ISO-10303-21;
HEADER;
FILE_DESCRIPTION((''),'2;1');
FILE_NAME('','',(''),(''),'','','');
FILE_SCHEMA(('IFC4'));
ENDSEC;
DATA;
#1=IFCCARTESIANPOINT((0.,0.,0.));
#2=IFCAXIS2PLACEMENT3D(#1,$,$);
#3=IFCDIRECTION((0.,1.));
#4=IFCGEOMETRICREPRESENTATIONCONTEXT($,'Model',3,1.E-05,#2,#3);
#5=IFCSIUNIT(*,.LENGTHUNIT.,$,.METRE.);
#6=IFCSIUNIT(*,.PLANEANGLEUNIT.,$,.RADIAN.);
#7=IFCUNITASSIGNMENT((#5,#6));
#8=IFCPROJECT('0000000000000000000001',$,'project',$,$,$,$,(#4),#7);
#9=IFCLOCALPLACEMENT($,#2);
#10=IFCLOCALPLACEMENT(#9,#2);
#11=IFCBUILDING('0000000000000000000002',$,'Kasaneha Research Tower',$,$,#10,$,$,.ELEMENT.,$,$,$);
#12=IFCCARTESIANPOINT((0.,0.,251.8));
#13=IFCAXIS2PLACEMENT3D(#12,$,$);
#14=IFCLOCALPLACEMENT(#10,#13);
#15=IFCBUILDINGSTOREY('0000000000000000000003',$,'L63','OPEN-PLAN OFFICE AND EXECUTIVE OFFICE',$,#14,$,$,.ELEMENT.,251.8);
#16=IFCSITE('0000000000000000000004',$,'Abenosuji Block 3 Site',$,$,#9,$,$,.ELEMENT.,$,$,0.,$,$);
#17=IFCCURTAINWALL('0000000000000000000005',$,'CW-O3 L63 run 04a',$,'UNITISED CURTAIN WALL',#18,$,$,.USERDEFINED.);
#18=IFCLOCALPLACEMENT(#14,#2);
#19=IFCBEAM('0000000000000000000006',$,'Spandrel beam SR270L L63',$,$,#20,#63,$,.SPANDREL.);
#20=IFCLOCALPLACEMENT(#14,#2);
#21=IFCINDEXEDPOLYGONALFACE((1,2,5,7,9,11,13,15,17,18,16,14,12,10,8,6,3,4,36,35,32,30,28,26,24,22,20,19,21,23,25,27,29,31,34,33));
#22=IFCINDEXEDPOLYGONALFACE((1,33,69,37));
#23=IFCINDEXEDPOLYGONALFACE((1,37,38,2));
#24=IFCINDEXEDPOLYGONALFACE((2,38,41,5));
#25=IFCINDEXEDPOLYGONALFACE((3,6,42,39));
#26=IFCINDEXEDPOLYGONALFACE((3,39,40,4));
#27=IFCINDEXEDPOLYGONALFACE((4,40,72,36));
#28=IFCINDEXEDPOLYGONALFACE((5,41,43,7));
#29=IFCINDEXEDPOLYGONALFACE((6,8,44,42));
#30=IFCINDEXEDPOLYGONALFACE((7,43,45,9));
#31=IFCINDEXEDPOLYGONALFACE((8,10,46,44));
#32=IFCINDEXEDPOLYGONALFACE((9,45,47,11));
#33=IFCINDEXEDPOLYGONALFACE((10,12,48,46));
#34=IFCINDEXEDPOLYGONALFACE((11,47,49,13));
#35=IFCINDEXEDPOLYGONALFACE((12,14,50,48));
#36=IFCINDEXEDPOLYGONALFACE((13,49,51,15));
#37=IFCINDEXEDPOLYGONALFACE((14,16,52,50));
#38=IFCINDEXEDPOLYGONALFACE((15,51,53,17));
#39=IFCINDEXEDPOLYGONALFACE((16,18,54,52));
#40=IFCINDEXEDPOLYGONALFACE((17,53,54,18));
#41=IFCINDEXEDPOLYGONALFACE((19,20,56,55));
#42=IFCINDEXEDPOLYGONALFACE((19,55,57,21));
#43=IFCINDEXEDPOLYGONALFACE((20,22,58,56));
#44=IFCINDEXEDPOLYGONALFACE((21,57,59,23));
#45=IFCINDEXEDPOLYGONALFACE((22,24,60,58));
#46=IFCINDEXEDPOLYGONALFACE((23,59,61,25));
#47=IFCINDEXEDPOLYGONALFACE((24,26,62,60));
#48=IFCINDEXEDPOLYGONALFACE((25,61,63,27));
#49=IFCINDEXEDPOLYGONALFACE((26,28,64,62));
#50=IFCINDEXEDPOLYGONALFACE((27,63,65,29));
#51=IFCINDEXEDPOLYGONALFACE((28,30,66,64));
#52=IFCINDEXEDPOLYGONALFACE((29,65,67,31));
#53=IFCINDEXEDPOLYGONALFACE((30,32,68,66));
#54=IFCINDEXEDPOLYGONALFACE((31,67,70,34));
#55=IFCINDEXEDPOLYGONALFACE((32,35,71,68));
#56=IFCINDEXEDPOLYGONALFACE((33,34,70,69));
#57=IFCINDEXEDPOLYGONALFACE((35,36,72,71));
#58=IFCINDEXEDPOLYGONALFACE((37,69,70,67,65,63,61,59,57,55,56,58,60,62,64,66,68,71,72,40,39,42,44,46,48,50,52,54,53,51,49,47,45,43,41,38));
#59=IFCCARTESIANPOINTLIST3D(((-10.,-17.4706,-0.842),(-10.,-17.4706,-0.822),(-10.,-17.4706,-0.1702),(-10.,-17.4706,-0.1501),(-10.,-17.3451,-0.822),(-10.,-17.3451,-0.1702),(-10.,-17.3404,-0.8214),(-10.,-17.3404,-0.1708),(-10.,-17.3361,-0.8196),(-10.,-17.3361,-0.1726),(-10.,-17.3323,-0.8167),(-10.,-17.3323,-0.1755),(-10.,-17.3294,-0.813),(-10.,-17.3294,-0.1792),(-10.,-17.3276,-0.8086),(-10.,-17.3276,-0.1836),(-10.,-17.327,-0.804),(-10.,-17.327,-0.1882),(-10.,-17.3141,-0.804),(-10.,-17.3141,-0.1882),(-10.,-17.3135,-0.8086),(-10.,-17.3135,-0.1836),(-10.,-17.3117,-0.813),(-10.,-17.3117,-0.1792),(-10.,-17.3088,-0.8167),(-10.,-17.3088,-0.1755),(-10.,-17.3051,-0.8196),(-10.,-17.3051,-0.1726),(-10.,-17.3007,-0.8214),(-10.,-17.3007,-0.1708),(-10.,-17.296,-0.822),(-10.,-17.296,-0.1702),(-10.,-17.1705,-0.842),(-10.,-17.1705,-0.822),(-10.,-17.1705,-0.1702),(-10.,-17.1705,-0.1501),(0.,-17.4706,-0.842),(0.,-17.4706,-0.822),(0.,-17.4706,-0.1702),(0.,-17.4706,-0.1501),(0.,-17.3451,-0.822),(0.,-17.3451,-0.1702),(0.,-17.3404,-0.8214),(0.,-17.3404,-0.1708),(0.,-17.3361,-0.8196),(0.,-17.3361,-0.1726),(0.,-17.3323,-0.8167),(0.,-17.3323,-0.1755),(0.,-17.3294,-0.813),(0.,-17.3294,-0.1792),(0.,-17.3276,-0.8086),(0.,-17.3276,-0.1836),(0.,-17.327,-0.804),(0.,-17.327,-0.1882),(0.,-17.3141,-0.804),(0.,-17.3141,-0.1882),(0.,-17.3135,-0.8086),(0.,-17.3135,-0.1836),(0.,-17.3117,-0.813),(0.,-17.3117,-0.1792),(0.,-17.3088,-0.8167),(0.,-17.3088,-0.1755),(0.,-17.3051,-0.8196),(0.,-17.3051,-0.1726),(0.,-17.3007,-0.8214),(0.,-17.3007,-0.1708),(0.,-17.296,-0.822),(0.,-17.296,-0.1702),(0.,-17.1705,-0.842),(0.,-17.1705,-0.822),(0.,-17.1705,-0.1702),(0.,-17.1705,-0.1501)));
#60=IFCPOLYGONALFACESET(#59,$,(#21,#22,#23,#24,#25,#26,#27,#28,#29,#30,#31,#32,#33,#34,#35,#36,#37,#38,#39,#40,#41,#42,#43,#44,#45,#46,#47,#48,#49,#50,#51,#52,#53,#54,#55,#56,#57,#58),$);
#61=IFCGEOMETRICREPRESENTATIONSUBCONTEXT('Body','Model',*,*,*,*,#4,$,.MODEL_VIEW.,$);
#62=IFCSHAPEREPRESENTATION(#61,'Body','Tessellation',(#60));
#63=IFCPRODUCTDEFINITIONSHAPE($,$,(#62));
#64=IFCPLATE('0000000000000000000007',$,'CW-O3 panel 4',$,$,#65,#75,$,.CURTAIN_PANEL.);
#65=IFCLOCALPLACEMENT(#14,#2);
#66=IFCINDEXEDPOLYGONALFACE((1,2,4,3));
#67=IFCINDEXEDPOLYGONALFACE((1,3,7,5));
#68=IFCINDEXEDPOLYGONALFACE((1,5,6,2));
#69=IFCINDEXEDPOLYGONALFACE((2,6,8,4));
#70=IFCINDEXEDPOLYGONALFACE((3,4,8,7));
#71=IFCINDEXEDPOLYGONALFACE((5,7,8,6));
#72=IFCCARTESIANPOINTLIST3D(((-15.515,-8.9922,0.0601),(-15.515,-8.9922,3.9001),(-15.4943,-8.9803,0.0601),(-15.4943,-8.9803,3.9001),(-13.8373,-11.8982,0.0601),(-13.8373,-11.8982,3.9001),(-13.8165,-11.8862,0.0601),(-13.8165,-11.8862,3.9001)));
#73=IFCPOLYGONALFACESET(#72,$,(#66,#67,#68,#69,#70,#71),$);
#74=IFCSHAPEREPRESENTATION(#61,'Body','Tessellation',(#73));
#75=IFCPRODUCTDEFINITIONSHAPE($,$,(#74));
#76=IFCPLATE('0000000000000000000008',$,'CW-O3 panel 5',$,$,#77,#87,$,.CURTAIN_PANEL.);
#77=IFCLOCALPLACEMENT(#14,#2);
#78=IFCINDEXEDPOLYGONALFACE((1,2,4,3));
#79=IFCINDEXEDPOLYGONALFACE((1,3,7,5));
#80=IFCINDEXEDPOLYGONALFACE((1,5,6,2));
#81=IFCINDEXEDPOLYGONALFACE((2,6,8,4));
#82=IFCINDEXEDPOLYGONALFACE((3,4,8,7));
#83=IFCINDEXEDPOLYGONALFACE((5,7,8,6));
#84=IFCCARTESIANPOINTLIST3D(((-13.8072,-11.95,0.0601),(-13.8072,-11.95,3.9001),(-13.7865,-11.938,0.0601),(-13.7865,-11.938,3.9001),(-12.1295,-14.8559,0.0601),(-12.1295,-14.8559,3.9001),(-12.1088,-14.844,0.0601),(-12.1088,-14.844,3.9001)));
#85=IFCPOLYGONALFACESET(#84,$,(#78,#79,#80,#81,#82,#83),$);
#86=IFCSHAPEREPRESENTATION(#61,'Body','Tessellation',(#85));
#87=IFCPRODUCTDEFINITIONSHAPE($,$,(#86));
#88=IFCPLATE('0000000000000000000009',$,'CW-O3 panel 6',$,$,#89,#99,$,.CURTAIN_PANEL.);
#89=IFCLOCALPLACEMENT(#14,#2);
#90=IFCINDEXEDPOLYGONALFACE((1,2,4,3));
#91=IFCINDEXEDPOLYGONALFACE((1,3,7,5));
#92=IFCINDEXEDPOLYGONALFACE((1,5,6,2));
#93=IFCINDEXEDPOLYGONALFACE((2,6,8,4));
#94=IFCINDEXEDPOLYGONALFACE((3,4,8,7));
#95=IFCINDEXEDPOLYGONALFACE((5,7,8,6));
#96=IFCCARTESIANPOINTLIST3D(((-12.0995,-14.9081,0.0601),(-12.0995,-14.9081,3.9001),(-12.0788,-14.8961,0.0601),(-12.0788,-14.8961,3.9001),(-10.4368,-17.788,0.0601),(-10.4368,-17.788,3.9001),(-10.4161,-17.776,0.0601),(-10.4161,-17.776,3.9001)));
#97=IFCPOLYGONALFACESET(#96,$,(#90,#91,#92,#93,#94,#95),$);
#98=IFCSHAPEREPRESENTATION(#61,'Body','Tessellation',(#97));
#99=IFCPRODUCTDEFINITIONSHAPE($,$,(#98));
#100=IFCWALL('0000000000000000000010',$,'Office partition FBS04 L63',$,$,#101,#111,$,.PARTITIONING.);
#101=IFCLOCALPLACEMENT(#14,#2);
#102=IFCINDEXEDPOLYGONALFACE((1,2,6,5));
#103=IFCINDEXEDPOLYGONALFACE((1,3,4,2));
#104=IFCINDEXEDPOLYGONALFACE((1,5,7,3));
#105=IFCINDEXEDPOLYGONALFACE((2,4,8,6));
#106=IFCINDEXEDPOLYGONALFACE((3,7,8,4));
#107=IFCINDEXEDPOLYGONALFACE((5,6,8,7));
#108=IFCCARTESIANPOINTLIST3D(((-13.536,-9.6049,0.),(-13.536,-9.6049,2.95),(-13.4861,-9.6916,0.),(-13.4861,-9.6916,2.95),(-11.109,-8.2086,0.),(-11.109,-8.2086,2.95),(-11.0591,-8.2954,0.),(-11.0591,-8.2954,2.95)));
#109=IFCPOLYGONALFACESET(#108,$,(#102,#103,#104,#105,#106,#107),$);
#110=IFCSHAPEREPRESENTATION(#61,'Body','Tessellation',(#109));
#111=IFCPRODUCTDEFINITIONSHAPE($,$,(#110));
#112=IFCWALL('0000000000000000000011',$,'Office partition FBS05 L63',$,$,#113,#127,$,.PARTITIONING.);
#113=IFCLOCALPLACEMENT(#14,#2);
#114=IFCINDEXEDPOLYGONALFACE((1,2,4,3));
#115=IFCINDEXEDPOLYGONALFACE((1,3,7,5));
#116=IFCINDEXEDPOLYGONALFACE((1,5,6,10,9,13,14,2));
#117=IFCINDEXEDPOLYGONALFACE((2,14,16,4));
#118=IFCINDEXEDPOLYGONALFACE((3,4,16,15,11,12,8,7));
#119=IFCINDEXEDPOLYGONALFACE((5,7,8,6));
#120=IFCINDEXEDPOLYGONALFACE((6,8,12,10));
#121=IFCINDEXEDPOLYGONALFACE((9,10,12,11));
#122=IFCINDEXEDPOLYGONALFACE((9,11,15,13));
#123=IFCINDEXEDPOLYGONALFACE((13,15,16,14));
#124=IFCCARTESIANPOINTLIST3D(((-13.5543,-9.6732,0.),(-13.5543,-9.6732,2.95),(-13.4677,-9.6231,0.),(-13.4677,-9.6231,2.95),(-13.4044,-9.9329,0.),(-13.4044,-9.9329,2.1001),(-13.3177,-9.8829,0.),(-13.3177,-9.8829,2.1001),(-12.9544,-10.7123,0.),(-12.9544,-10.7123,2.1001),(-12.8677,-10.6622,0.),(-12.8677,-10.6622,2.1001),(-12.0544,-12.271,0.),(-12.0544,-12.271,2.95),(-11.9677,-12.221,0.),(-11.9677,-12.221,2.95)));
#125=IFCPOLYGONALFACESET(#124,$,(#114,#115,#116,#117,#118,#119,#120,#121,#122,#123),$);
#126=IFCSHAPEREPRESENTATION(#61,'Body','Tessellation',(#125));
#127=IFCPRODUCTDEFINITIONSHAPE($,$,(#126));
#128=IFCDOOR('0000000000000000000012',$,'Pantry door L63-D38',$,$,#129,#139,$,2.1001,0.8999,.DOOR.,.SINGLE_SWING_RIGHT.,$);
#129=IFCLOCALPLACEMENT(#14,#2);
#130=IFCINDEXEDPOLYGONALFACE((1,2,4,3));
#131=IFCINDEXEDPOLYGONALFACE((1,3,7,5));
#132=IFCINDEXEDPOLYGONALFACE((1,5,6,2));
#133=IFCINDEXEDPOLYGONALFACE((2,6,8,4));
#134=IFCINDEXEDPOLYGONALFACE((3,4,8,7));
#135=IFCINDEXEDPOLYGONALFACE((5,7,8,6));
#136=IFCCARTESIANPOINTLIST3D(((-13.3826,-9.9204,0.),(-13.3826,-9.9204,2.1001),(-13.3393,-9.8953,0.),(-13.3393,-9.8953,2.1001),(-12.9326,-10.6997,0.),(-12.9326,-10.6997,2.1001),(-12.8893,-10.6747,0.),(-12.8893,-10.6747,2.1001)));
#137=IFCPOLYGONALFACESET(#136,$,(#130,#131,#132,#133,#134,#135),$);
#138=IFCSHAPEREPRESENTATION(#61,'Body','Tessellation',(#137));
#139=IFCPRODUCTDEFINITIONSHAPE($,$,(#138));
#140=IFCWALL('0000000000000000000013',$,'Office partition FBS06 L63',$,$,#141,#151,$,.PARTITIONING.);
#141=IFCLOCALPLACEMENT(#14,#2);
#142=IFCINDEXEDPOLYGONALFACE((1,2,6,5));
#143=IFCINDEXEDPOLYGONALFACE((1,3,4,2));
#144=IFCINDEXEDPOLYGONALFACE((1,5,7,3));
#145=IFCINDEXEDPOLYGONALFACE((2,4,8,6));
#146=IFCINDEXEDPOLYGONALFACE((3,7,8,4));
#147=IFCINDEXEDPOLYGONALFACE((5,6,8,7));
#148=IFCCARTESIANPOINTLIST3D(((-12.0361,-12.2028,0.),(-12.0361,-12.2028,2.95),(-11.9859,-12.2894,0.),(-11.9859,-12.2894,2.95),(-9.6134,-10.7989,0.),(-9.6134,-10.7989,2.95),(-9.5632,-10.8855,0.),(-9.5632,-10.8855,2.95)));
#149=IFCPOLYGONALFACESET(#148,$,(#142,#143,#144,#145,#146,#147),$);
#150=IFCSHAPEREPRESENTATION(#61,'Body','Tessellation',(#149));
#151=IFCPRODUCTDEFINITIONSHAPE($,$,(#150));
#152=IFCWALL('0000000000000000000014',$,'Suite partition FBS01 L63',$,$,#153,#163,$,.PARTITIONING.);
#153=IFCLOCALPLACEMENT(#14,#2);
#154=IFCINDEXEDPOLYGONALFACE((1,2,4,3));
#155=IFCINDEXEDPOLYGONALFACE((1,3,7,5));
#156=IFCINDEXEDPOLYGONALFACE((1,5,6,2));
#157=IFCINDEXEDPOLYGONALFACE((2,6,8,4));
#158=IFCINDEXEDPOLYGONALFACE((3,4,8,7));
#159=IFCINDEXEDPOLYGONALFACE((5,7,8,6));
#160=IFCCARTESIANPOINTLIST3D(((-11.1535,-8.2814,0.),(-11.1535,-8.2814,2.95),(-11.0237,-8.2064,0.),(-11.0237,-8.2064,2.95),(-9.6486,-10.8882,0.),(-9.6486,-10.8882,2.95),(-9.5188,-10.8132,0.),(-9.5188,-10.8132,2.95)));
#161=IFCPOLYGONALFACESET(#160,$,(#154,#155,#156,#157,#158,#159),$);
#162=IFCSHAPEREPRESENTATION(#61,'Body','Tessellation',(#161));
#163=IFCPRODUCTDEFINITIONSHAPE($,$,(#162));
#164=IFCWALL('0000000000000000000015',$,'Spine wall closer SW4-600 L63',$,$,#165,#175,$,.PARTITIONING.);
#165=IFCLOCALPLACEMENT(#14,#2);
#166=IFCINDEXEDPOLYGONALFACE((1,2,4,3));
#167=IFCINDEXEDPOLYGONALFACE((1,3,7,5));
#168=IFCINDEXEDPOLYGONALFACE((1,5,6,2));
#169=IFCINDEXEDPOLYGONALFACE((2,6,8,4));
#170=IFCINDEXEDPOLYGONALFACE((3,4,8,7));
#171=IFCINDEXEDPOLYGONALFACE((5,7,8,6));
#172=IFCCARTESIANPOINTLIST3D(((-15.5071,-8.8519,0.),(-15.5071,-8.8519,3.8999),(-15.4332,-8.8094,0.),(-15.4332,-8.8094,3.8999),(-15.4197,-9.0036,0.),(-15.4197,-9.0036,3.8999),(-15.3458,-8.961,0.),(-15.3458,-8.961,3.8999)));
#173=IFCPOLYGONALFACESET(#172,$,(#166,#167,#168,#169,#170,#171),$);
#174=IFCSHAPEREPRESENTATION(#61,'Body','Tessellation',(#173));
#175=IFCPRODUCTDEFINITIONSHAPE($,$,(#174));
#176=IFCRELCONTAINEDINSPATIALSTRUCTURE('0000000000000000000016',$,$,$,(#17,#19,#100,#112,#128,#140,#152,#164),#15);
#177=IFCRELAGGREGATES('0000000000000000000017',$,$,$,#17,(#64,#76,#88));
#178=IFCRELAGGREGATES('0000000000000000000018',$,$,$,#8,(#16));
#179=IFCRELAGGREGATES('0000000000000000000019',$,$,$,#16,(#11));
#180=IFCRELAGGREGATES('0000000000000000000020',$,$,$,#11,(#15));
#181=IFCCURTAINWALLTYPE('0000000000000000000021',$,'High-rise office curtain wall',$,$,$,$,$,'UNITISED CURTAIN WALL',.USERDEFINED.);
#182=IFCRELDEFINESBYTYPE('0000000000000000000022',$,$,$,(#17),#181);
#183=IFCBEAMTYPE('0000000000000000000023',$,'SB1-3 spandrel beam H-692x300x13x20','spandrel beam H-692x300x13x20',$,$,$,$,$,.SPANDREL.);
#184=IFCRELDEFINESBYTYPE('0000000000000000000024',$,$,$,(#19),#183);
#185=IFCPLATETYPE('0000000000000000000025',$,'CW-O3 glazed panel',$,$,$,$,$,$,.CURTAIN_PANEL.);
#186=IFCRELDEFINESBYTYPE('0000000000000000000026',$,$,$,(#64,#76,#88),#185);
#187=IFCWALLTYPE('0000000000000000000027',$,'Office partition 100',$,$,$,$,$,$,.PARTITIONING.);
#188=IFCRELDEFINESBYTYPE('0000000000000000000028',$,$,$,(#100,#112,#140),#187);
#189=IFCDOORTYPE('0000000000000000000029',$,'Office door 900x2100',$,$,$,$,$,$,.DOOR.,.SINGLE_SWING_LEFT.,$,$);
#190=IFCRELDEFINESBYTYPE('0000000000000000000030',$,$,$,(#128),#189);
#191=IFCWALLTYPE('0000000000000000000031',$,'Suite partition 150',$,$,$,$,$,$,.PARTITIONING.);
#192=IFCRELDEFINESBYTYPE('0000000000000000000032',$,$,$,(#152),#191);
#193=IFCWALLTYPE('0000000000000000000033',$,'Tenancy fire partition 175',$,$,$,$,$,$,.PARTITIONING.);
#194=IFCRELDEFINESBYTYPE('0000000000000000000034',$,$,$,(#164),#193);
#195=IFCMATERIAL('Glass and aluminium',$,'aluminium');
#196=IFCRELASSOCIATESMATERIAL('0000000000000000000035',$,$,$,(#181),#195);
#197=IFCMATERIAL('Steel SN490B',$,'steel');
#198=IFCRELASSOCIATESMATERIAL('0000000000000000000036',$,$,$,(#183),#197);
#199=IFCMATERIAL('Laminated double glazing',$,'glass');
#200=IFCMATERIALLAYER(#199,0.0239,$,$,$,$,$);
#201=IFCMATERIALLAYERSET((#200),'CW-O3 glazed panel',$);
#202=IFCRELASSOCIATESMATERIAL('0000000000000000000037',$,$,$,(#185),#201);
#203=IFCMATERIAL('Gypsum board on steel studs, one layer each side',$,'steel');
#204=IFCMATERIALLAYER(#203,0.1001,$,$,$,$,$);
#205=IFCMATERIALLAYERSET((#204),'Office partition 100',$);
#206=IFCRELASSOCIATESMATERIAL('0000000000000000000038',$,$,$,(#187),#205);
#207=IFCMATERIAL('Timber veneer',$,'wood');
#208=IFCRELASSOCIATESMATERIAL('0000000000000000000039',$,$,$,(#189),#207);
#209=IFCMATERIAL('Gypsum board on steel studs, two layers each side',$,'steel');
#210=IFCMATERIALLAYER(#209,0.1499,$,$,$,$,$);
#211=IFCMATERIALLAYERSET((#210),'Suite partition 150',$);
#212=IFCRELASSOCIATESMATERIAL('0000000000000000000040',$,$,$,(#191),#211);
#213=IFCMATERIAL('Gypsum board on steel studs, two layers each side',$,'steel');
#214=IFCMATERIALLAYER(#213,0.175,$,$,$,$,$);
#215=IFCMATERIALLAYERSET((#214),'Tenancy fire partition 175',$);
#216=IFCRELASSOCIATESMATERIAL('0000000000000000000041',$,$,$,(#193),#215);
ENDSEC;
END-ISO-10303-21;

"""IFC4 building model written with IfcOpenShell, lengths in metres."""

from ifc_helpers import new_model, si_unit, direction, frame, frame_2d, origin, origin_2d, place, context, subcontext, project, spatial, rectangle, i_section, extrude, material, layer, layer_set, material_profile, profile_set, type_object, element, fill, aggregate, save


model = new_model("IFC4")

# Units and contexts
model_context = context("Model", 3, precision=1e-05, world=origin(), true_north=direction((0.0, 1.0)))
body_context = subcontext(model_context, "Body", "Model", "MODEL_VIEW")
ifc_project = project(units=[si_unit("LENGTHUNIT", "METRE"), si_unit("PLANEANGLEUNIT", "RADIAN")], contexts=[model_context])

# Site, building, storey
site_placement = place(None, origin())
site = spatial("IfcSite", under=ifc_project, at=site_placement, Name="Abenosuji Block 3 Site", CompositionType="ELEMENT", RefElevation=0.0)
building_placement = place(site_placement, origin())
building = spatial("IfcBuilding", under=site, at=building_placement, Name="Kasaneha Research Tower", CompositionType="ELEMENT")
storey_placement = place(building_placement, frame((0.0, 0.0, 251.8)))
storey = spatial("IfcBuildingStorey", under=building, at=storey_placement, Name="L63", Description="OPEN-PLAN OFFICE AND EXECUTIVE OFFICE", CompositionType="ELEMENT", Elevation=251.8)

# Curtain wall
ifc_material_1 = material(Name="Glass and aluminium", Category="aluminium")
curtain_wall_type = type_object("IfcCurtainWallType", Name="High-rise office curtain wall", ElementType="UNITISED CURTAIN WALL", PredefinedType="USERDEFINED", material=ifc_material_1)
curtain_wall_1_placement = place(storey_placement, origin())
curtain_wall_1 = element("IfcCurtainWall", 1, at=curtain_wall_1_placement, inside=storey, type_object=curtain_wall_type, Name="CW-O3 L63 run 04a", ObjectType="UNITISED CURTAIN WALL", PredefinedType="USERDEFINED")

# Beam
ifc_material_2 = material(Name="Steel SN490B", Category="steel")
ifc_material_profile_1 = material_profile(ifc_material_2, i_section(OverallWidth=0.3, OverallDepth=0.6919, WebThickness=0.0129, FlangeThickness=0.02, FilletRadius=0.0181, at=origin_2d()), Name="H-692x300x13x20")
ifc_profile_set_1 = profile_set([ifc_material_profile_1], Name="Steel SN490B")
beam_type_1 = type_object("IfcBeamType", Name="SB1-3 spandrel beam H-692x300x13x20", Description="spandrel beam H-692x300x13x20", PredefinedType="SPANDREL", material=ifc_profile_set_1)
beam_1_placement = place(storey_placement, frame((-10.0, -17.3206, -0.4961), z_axis=(1.0, 0.0, 0.0), x_axis=(0.0, 1.0, 0.0)))
element("IfcBeam", 2, at=beam_1_placement, inside=storey, type_object=beam_type_1, Name="Spandrel beam SR270L L63", PredefinedType="SPANDREL", context=body_context, shape_type="SweptSolid", body=[
    extrude(i_section(OverallWidth=0.3, OverallDepth=0.6919, WebThickness=0.0129, FlangeThickness=0.02, FilletRadius=0.0181, at=origin_2d()), origin(), (0.0, 0.0, 1.0), 10.0),
])

# Plates
ifc_material_3 = material(Name="Laminated double glazing", Category="glass")
ifc_layer_1 = layer(ifc_material_3, 0.0239)
ifc_layer_set_1 = layer_set([ifc_layer_1], Name="CW-O3 glazed panel")
plate_type = type_object("IfcPlateType", Name="CW-O3 glazed panel", PredefinedType="CURTAIN_PANEL", material=ifc_layer_set_1)
plate_1_placement = place(storey_placement, frame((-14.6658, -10.4392, 0.0601), z_axis=(0.0, 0.0, 1.0), x_axis=(0.5, -0.866025, 0.0)))
plate_1 = element("IfcPlate", 3, at=plate_1_placement, type_object=plate_type, Name="CW-O3 panel 4", PredefinedType="CURTAIN_PANEL", context=body_context, shape_type="SweptSolid", body=[
    extrude(rectangle(XDim=3.3555, YDim=0.0239, at=origin_2d()), origin(), (0.0, 0.0, 1.0), 3.8401),
])
plate_2_placement = place(storey_placement, frame((-12.958, -13.397, 0.0601), z_axis=(0.0, 0.0, 1.0), x_axis=(0.5, -0.866025, 0.0)))
plate_2 = element("IfcPlate", 4, at=plate_2_placement, type_object=plate_type, Name="CW-O3 panel 5", PredefinedType="CURTAIN_PANEL", context=body_context, shape_type="SweptSolid", body=[
    extrude(rectangle(XDim=3.3555, YDim=0.0239, at=origin_2d()), origin(), (0.0, 0.0, 1.0), 3.8401),
])
plate_3_placement = place(storey_placement, frame((-11.2578, -16.342, 0.0601), z_axis=(0.0, 0.0, 1.0), x_axis=(0.5, -0.866025, 0.0)))
plate_3 = element("IfcPlate", 5, at=plate_3_placement, type_object=plate_type, Name="CW-O3 panel 6", PredefinedType="CURTAIN_PANEL", context=body_context, shape_type="SweptSolid", body=[
    extrude(rectangle(XDim=3.3254, YDim=0.0239, at=origin_2d()), origin(), (0.0, 0.0, 1.0), 3.8401),
])
aggregate(curtain_wall_1, [plate_1, plate_2, plate_3])

# Wall
ifc_material_4 = material(Name="Gypsum board on steel studs, one layer each side", Category="steel")
ifc_layer_2 = layer(ifc_material_4, 0.1001)
ifc_layer_set_2 = layer_set([ifc_layer_2], Name="Office partition 100")
wall_type_1 = type_object("IfcWallType", Name="Office partition 100", PredefinedType="PARTITIONING", material=ifc_layer_set_2)
wall_1_placement = place(storey_placement, frame((-13.511, -9.6482, 0.0), z_axis=(0.0, 0.0, 1.0), x_axis=(0.866796, 0.498663, 0.0)))
element("IfcWall", 6, at=wall_1_placement, inside=storey, type_object=wall_type_1, Name="Office partition FBS04 L63", PredefinedType="PARTITIONING", context=body_context, shape_type="SweptSolid", body=[
    extrude(rectangle(XDim=2.8, YDim=0.1001, at=frame_2d((1.3999, 0.0))), origin(), (0.0, 0.0, 1.0), 2.95),
])

# Wall, opening, door
wall_2_placement = place(storey_placement, frame((-12.011, -12.2461, 0.0), z_axis=(0.0, 0.0, 1.0), x_axis=(-0.500025, 0.866011, 0.0)))
wall_2 = element("IfcWall", 7, at=wall_2_placement, inside=storey, type_object=wall_type_1, Name="Office partition FBS05 L63", PredefinedType="PARTITIONING", context=body_context, shape_type="SweptSolid", body=[
    extrude(rectangle(XDim=2.9998, YDim=0.1001, at=frame_2d((1.5, 0.0))), origin(), (0.0, 0.0, 1.0), 2.95),
])
opening_placement = place(wall_2_placement, frame((1.8, 0.0, 0.0)))
opening = element("IfcOpeningElement", 8, at=opening_placement, cuts=wall_2, PredefinedType="OPENING", context=body_context, shape_type="SweptSolid", body=[
    extrude(rectangle(XDim=0.8999, YDim=2.1001, at=frame_2d((0.45, 1.05))), frame((0.0, 0.0601, 0.0), z_axis=(0.0, -1.0, 0.0), x_axis=(1.0, 0.0, 0.0)), (0.0, 0.0, 1.0), 0.1201),
])
ifc_material_5 = material(Name="Timber veneer", Category="wood")
door_type = type_object("IfcDoorType", Name="Office door 900x2100", OperationType="SINGLE_SWING_LEFT", PredefinedType="DOOR", material=ifc_material_5)
door_placement = place(opening_placement, origin())
door = element("IfcDoor", 9, at=door_placement, inside=storey, type_object=door_type, Name="Pantry door L63-D38", OperationType="SINGLE_SWING_RIGHT", OverallHeight=2.1001, OverallWidth=0.8999, PredefinedType="DOOR", context=body_context, shape_type="SweptSolid", body=[
    extrude(rectangle(XDim=0.8999, YDim=2.1001, at=frame_2d((0.45, 1.05))), frame((0.0, 0.0249, 0.0), z_axis=(0.0, -1.0, 0.0), x_axis=(1.0, 0.0, 0.0)), (0.0, 0.0, 1.0), 0.05),
])
fill(opening, door)

# Walls
wall_3_placement = place(storey_placement, frame((-9.5884, -10.8423, 0.0), z_axis=(0.0, 0.0, 1.0), x_axis=(-0.865233, -0.50137, 0.0)))
element("IfcWall", 10, at=wall_3_placement, inside=storey, type_object=wall_type_1, Name="Office partition FBS06 L63", PredefinedType="PARTITIONING", context=body_context, shape_type="SweptSolid", body=[
    extrude(rectangle(XDim=2.8, YDim=0.1001, at=frame_2d((1.3999, 0.0))), origin(), (0.0, 0.0, 1.0), 2.95),
])
ifc_material_6 = material(Name="Gypsum board on steel studs, two layers each side", Category="steel")
ifc_layer_3 = layer(ifc_material_6, 0.1499)
ifc_layer_set_3 = layer_set([ifc_layer_3], Name="Suite partition 150")
wall_type_2 = type_object("IfcWallType", Name="Suite partition 150", PredefinedType="PARTITIONING", material=ifc_layer_set_3)
wall_4_placement = place(storey_placement, frame((-9.5837, -10.8506, 0.0), z_axis=(0.0, 0.0, 1.0), x_axis=(-0.499978, 0.866038, 0.0)))
element("IfcWall", 11, at=wall_4_placement, inside=storey, type_object=wall_type_2, Name="Suite partition FBS01 L63", PredefinedType="PARTITIONING", context=body_context, shape_type="SweptSolid", body=[
    extrude(rectangle(XDim=3.01, YDim=0.1499, at=frame_2d((1.5049, 0.0))), origin(), (0.0, 0.0, 1.0), 2.95),
])
ifc_material_7 = material(Name="Gypsum board on steel studs, two layers each side", Category="steel")
ifc_layer_4 = layer(ifc_material_7, 0.175)
ifc_layer_set_4 = layer_set([ifc_layer_4], Name="Tenancy fire partition 175")
wall_type_3 = type_object("IfcWallType", Name="Tenancy fire partition 175", PredefinedType="PARTITIONING", material=ifc_layer_set_4)
wall_5_placement = place(storey_placement, frame((-15.3896, -8.8853, 0.0), z_axis=(0.0, 0.0, 1.0), x_axis=(-0.866472, -0.499226, 0.0)))
element("IfcWall", 12, at=wall_5_placement, inside=storey, type_object=wall_type_3, Name="Spine wall closer SW4-600 L63", PredefinedType="PARTITIONING", context=body_context, shape_type="SweptSolid", body=[
    extrude(rectangle(XDim=0.0852, YDim=0.175, at=frame_2d((0.0425, 0.0))), origin(), (0.0, 0.0, 1.0), 3.8999),
])

save(model, "model.ifc")
